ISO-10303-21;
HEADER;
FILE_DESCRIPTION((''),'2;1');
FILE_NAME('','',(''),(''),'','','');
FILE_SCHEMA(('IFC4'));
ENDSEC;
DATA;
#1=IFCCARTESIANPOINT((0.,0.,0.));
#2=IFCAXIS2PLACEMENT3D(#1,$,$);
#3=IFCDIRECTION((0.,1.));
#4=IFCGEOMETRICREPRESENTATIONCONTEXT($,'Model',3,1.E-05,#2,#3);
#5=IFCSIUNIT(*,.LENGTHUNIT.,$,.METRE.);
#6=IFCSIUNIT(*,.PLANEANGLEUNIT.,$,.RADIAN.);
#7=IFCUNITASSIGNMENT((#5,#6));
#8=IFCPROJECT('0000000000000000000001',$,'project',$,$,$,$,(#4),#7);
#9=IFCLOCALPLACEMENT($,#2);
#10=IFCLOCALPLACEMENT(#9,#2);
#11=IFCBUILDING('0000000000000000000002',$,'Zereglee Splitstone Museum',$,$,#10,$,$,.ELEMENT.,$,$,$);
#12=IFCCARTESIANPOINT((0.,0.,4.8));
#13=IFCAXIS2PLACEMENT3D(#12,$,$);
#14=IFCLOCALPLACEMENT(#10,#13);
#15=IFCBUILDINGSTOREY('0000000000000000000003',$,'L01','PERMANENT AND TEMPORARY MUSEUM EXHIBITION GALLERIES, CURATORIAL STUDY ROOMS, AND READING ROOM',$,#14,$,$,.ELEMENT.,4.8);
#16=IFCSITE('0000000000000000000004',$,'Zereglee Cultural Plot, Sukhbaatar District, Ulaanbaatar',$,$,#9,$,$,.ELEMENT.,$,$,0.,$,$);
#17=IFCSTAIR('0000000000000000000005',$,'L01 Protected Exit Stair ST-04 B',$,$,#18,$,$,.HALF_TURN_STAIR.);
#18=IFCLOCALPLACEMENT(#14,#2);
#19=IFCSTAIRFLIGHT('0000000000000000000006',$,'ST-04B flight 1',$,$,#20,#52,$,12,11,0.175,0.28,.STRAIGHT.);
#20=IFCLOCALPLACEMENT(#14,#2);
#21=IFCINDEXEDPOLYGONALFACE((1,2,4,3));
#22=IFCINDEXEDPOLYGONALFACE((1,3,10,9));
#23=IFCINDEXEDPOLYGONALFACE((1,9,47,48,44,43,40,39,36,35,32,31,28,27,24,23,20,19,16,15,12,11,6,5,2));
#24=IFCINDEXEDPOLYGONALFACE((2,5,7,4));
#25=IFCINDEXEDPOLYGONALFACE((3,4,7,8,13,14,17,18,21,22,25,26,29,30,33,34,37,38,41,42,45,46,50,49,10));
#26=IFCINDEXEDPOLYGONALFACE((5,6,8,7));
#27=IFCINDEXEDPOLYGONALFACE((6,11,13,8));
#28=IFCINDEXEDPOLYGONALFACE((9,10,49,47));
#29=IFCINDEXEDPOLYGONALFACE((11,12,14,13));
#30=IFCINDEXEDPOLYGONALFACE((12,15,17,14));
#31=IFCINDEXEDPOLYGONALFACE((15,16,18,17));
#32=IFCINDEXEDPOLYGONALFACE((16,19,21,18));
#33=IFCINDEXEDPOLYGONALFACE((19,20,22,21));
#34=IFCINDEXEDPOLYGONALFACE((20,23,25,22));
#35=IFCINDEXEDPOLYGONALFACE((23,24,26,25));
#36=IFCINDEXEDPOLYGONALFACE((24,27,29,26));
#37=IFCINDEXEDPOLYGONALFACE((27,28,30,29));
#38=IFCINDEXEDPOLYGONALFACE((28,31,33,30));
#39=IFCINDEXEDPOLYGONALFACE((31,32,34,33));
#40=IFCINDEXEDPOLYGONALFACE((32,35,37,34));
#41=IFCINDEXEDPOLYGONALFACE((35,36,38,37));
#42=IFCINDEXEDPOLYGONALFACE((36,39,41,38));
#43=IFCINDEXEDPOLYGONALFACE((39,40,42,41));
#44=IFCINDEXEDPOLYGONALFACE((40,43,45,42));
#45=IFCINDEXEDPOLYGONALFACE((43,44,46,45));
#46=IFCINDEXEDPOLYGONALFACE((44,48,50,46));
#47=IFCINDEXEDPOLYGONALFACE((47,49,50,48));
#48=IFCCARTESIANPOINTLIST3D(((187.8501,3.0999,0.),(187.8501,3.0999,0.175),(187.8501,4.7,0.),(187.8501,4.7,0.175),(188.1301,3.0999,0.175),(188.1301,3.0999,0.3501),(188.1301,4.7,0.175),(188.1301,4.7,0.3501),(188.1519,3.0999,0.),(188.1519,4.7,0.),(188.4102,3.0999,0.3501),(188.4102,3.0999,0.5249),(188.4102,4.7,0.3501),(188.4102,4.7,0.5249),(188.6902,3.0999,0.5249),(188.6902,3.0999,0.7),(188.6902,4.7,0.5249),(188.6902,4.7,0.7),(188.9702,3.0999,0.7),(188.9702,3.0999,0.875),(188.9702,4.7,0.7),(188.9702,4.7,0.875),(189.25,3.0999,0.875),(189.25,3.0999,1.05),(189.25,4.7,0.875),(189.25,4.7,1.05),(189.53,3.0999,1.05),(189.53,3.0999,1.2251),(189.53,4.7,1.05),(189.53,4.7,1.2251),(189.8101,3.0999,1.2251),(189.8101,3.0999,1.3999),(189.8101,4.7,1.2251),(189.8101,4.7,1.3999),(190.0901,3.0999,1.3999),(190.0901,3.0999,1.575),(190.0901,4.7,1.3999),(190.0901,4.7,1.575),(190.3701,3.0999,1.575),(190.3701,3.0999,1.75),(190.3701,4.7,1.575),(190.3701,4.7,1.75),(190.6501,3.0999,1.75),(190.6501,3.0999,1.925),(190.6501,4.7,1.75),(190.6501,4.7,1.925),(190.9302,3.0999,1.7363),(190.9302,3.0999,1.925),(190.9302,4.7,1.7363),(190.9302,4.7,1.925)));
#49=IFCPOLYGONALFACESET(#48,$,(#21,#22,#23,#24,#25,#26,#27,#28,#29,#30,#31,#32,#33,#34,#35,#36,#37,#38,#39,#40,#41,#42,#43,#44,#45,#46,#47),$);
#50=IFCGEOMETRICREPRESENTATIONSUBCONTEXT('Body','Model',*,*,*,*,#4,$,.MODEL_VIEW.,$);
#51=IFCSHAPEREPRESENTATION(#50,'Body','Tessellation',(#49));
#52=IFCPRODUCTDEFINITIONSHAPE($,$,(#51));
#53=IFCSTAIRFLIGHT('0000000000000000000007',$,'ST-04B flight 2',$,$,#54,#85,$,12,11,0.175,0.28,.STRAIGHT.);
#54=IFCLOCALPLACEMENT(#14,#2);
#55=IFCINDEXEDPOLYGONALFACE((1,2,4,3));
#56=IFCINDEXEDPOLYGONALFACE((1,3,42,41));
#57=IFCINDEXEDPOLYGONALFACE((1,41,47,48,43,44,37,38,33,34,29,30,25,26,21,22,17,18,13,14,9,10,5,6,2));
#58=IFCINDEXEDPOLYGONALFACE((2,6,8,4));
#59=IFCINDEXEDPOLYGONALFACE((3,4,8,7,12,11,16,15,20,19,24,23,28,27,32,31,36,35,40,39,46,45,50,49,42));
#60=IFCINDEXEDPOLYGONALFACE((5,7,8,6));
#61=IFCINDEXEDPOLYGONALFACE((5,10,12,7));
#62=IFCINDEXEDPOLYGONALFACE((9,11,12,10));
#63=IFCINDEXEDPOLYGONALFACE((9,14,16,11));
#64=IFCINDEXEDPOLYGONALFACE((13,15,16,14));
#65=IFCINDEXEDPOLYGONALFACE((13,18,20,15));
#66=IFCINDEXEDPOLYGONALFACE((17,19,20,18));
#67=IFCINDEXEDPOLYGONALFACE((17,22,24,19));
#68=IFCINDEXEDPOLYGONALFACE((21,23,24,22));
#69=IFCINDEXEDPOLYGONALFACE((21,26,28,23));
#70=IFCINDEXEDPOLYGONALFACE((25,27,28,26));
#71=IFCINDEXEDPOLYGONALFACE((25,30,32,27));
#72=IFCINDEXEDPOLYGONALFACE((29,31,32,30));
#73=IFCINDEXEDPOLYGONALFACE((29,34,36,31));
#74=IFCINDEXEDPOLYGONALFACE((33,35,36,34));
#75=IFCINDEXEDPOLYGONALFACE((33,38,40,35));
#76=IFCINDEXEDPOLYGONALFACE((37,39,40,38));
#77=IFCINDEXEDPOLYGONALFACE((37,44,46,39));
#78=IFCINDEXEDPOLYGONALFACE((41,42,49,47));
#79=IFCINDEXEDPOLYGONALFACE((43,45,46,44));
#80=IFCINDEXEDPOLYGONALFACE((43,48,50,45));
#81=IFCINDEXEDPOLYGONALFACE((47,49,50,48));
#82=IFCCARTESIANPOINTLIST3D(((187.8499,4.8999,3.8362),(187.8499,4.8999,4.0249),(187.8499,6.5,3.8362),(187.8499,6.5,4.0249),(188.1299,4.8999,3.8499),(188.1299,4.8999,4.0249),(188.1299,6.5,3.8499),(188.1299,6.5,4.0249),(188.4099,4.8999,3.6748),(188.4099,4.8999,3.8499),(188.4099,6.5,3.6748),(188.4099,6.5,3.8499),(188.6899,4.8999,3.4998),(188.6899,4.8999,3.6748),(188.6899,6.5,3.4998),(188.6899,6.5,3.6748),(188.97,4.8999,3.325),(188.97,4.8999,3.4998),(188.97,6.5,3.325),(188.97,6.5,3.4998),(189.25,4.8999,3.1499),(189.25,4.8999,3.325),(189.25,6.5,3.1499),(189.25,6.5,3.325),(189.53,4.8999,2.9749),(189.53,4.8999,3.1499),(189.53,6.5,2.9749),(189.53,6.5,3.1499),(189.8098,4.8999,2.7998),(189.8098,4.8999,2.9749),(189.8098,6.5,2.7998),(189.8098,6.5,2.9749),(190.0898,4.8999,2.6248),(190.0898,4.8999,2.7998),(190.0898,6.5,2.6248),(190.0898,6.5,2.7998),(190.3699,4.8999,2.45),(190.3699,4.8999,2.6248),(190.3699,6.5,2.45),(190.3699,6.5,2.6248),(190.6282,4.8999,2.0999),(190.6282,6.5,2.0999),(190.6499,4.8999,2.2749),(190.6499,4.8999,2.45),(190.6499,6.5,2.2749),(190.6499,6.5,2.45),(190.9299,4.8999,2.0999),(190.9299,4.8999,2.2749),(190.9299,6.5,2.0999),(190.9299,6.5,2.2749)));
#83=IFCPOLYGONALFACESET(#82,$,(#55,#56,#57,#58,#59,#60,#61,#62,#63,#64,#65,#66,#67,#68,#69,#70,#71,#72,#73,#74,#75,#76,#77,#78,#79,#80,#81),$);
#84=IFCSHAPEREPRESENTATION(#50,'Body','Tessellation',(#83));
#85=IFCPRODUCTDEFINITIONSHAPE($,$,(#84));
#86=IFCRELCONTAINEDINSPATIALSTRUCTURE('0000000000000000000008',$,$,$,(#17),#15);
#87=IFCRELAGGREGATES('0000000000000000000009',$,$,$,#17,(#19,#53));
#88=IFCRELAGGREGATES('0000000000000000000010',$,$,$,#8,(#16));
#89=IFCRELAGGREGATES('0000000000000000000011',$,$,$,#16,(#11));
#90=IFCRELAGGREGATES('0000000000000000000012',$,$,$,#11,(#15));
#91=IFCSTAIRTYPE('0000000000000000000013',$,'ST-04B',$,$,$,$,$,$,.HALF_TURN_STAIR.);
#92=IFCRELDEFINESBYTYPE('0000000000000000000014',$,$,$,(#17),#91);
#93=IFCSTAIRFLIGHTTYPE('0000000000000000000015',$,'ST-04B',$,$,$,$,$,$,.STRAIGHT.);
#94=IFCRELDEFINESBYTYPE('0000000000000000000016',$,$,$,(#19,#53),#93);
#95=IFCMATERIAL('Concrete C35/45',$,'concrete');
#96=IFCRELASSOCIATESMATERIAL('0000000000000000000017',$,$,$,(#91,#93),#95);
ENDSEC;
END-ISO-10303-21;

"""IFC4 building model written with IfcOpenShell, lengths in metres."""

from ifc_helpers import new_model, si_unit, direction, frame, origin, place, context, subcontext, project, spatial, polyline, outline, extrude, material, type_object, element, aggregate, save


model = new_model("IFC4")

# Units and contexts
model_context = context("Model", 3, precision=1e-05, world=origin(), true_north=direction((0.0, 1.0)))
body_context = subcontext(model_context, "Body", "Model", "MODEL_VIEW")
ifc_project = project(units=[si_unit("LENGTHUNIT", "METRE"), si_unit("PLANEANGLEUNIT", "RADIAN")], contexts=[model_context])

# Site, building, storey
site_placement = place(None, origin())
site = spatial("IfcSite", under=ifc_project, at=site_placement, Name="Zereglee Cultural Plot, Sukhbaatar District, Ulaanbaatar", CompositionType="ELEMENT", RefElevation=0.0)
building_placement = place(site_placement, origin())
building = spatial("IfcBuilding", under=site, at=building_placement, Name="Zereglee Splitstone Museum", CompositionType="ELEMENT")
storey_placement = place(building_placement, frame((0.0, 0.0, 4.8)))
storey = spatial("IfcBuildingStorey", under=building, at=storey_placement, Name="L01", Description="PERMANENT AND TEMPORARY MUSEUM EXHIBITION GALLERIES, CURATORIAL STUDY ROOMS, AND READING ROOM", CompositionType="ELEMENT", Elevation=4.8)

# Stair, stair flights
ifc_material_1 = material(Name="Concrete C35/45", Category="concrete")
stair_type = type_object("IfcStairType", Name="ST-04B", PredefinedType="HALF_TURN_STAIR", material=ifc_material_1)
stair_placement = place(storey_placement, origin())
stair = element("IfcStair", 1, at=stair_placement, inside=storey, type_object=stair_type, Name="L01 Protected Exit Stair ST-04 B", PredefinedType="HALF_TURN_STAIR")
stair_flight_type = type_object("IfcStairFlightType", Name="ST-04B", PredefinedType="STRAIGHT", material=ifc_material_1)
stair_flight_1_placement = place(storey_placement, frame((187.8501, 3.8999, 0.0), z_axis=(0.0, 0.0, 1.0), x_axis=(1.0, 0.0, 0.0)))
stair_flight_1 = element("IfcStairFlight", 2, at=stair_flight_1_placement, type_object=stair_flight_type, Name="ST-04B flight 1", NumberOfRisers=12, NumberOfTreads=11, PredefinedType="STRAIGHT", RiserHeight=0.175, TreadLength=0.28, context=body_context, shape_type="SweptSolid", body=[
    extrude(outline(polyline([(0.0, 0.0), (0.0, 0.175), (0.28, 0.175), (0.28, 0.3501), (0.5601, 0.3501), (0.5601, 0.5249), (0.8401, 0.5249), (0.8401, 0.7), (1.1201, 0.7), (1.1201, 0.875), (1.3999, 0.875), (1.3999, 1.05), (1.6799, 1.05), (1.6799, 1.2251), (1.96, 1.2251), (1.96, 1.3999), (2.24, 1.3999), (2.24, 1.575), (2.52, 1.575), (2.52, 1.75), (2.8, 1.75), (2.8, 1.925), (3.0801, 1.925), (3.0801, 2.1001), (3.0801, 1.7363), (0.3018, 0.0), (0.0, 0.0)])), frame((0.0, 0.8, 0.0), z_axis=(0.0, -1.0, 0.0), x_axis=(1.0, 0.0, 0.0)), (0.0, 0.0, 1.0), 1.6001),
])
stair_flight_2_placement = place(storey_placement, frame((190.9299, 5.7, 2.0999), z_axis=(0.0, 0.0, 1.0), x_axis=(-1.0, 0.0, 0.0)))
stair_flight_2 = element("IfcStairFlight", 3, at=stair_flight_2_placement, type_object=stair_flight_type, Name="ST-04B flight 2", NumberOfRisers=12, NumberOfTreads=11, PredefinedType="STRAIGHT", RiserHeight=0.175, TreadLength=0.28, context=body_context, shape_type="SweptSolid", body=[
    extrude(outline(polyline([(0.0, 0.0), (0.0, 0.175), (0.28, 0.175), (0.28, 0.3501), (0.5601, 0.3501), (0.5601, 0.5249), (0.8401, 0.5249), (0.8401, 0.7), (1.1201, 0.7), (1.1201, 0.875), (1.3999, 0.875), (1.3999, 1.05), (1.6799, 1.05), (1.6799, 1.2251), (1.96, 1.2251), (1.96, 1.3999), (2.24, 1.3999), (2.24, 1.575), (2.52, 1.575), (2.52, 1.75), (2.8, 1.75), (2.8, 1.925), (3.0801, 1.925), (3.0801, 2.1001), (3.0801, 1.7363), (0.3018, 0.0), (0.0, 0.0)])), frame((0.0, 0.8, 0.0), z_axis=(0.0, -1.0, 0.0), x_axis=(1.0, 0.0, 0.0)), (0.0, 0.0, 1.0), 1.6001),
])
aggregate(stair, [stair_flight_1, stair_flight_2])

save(model, "model.ifc")
